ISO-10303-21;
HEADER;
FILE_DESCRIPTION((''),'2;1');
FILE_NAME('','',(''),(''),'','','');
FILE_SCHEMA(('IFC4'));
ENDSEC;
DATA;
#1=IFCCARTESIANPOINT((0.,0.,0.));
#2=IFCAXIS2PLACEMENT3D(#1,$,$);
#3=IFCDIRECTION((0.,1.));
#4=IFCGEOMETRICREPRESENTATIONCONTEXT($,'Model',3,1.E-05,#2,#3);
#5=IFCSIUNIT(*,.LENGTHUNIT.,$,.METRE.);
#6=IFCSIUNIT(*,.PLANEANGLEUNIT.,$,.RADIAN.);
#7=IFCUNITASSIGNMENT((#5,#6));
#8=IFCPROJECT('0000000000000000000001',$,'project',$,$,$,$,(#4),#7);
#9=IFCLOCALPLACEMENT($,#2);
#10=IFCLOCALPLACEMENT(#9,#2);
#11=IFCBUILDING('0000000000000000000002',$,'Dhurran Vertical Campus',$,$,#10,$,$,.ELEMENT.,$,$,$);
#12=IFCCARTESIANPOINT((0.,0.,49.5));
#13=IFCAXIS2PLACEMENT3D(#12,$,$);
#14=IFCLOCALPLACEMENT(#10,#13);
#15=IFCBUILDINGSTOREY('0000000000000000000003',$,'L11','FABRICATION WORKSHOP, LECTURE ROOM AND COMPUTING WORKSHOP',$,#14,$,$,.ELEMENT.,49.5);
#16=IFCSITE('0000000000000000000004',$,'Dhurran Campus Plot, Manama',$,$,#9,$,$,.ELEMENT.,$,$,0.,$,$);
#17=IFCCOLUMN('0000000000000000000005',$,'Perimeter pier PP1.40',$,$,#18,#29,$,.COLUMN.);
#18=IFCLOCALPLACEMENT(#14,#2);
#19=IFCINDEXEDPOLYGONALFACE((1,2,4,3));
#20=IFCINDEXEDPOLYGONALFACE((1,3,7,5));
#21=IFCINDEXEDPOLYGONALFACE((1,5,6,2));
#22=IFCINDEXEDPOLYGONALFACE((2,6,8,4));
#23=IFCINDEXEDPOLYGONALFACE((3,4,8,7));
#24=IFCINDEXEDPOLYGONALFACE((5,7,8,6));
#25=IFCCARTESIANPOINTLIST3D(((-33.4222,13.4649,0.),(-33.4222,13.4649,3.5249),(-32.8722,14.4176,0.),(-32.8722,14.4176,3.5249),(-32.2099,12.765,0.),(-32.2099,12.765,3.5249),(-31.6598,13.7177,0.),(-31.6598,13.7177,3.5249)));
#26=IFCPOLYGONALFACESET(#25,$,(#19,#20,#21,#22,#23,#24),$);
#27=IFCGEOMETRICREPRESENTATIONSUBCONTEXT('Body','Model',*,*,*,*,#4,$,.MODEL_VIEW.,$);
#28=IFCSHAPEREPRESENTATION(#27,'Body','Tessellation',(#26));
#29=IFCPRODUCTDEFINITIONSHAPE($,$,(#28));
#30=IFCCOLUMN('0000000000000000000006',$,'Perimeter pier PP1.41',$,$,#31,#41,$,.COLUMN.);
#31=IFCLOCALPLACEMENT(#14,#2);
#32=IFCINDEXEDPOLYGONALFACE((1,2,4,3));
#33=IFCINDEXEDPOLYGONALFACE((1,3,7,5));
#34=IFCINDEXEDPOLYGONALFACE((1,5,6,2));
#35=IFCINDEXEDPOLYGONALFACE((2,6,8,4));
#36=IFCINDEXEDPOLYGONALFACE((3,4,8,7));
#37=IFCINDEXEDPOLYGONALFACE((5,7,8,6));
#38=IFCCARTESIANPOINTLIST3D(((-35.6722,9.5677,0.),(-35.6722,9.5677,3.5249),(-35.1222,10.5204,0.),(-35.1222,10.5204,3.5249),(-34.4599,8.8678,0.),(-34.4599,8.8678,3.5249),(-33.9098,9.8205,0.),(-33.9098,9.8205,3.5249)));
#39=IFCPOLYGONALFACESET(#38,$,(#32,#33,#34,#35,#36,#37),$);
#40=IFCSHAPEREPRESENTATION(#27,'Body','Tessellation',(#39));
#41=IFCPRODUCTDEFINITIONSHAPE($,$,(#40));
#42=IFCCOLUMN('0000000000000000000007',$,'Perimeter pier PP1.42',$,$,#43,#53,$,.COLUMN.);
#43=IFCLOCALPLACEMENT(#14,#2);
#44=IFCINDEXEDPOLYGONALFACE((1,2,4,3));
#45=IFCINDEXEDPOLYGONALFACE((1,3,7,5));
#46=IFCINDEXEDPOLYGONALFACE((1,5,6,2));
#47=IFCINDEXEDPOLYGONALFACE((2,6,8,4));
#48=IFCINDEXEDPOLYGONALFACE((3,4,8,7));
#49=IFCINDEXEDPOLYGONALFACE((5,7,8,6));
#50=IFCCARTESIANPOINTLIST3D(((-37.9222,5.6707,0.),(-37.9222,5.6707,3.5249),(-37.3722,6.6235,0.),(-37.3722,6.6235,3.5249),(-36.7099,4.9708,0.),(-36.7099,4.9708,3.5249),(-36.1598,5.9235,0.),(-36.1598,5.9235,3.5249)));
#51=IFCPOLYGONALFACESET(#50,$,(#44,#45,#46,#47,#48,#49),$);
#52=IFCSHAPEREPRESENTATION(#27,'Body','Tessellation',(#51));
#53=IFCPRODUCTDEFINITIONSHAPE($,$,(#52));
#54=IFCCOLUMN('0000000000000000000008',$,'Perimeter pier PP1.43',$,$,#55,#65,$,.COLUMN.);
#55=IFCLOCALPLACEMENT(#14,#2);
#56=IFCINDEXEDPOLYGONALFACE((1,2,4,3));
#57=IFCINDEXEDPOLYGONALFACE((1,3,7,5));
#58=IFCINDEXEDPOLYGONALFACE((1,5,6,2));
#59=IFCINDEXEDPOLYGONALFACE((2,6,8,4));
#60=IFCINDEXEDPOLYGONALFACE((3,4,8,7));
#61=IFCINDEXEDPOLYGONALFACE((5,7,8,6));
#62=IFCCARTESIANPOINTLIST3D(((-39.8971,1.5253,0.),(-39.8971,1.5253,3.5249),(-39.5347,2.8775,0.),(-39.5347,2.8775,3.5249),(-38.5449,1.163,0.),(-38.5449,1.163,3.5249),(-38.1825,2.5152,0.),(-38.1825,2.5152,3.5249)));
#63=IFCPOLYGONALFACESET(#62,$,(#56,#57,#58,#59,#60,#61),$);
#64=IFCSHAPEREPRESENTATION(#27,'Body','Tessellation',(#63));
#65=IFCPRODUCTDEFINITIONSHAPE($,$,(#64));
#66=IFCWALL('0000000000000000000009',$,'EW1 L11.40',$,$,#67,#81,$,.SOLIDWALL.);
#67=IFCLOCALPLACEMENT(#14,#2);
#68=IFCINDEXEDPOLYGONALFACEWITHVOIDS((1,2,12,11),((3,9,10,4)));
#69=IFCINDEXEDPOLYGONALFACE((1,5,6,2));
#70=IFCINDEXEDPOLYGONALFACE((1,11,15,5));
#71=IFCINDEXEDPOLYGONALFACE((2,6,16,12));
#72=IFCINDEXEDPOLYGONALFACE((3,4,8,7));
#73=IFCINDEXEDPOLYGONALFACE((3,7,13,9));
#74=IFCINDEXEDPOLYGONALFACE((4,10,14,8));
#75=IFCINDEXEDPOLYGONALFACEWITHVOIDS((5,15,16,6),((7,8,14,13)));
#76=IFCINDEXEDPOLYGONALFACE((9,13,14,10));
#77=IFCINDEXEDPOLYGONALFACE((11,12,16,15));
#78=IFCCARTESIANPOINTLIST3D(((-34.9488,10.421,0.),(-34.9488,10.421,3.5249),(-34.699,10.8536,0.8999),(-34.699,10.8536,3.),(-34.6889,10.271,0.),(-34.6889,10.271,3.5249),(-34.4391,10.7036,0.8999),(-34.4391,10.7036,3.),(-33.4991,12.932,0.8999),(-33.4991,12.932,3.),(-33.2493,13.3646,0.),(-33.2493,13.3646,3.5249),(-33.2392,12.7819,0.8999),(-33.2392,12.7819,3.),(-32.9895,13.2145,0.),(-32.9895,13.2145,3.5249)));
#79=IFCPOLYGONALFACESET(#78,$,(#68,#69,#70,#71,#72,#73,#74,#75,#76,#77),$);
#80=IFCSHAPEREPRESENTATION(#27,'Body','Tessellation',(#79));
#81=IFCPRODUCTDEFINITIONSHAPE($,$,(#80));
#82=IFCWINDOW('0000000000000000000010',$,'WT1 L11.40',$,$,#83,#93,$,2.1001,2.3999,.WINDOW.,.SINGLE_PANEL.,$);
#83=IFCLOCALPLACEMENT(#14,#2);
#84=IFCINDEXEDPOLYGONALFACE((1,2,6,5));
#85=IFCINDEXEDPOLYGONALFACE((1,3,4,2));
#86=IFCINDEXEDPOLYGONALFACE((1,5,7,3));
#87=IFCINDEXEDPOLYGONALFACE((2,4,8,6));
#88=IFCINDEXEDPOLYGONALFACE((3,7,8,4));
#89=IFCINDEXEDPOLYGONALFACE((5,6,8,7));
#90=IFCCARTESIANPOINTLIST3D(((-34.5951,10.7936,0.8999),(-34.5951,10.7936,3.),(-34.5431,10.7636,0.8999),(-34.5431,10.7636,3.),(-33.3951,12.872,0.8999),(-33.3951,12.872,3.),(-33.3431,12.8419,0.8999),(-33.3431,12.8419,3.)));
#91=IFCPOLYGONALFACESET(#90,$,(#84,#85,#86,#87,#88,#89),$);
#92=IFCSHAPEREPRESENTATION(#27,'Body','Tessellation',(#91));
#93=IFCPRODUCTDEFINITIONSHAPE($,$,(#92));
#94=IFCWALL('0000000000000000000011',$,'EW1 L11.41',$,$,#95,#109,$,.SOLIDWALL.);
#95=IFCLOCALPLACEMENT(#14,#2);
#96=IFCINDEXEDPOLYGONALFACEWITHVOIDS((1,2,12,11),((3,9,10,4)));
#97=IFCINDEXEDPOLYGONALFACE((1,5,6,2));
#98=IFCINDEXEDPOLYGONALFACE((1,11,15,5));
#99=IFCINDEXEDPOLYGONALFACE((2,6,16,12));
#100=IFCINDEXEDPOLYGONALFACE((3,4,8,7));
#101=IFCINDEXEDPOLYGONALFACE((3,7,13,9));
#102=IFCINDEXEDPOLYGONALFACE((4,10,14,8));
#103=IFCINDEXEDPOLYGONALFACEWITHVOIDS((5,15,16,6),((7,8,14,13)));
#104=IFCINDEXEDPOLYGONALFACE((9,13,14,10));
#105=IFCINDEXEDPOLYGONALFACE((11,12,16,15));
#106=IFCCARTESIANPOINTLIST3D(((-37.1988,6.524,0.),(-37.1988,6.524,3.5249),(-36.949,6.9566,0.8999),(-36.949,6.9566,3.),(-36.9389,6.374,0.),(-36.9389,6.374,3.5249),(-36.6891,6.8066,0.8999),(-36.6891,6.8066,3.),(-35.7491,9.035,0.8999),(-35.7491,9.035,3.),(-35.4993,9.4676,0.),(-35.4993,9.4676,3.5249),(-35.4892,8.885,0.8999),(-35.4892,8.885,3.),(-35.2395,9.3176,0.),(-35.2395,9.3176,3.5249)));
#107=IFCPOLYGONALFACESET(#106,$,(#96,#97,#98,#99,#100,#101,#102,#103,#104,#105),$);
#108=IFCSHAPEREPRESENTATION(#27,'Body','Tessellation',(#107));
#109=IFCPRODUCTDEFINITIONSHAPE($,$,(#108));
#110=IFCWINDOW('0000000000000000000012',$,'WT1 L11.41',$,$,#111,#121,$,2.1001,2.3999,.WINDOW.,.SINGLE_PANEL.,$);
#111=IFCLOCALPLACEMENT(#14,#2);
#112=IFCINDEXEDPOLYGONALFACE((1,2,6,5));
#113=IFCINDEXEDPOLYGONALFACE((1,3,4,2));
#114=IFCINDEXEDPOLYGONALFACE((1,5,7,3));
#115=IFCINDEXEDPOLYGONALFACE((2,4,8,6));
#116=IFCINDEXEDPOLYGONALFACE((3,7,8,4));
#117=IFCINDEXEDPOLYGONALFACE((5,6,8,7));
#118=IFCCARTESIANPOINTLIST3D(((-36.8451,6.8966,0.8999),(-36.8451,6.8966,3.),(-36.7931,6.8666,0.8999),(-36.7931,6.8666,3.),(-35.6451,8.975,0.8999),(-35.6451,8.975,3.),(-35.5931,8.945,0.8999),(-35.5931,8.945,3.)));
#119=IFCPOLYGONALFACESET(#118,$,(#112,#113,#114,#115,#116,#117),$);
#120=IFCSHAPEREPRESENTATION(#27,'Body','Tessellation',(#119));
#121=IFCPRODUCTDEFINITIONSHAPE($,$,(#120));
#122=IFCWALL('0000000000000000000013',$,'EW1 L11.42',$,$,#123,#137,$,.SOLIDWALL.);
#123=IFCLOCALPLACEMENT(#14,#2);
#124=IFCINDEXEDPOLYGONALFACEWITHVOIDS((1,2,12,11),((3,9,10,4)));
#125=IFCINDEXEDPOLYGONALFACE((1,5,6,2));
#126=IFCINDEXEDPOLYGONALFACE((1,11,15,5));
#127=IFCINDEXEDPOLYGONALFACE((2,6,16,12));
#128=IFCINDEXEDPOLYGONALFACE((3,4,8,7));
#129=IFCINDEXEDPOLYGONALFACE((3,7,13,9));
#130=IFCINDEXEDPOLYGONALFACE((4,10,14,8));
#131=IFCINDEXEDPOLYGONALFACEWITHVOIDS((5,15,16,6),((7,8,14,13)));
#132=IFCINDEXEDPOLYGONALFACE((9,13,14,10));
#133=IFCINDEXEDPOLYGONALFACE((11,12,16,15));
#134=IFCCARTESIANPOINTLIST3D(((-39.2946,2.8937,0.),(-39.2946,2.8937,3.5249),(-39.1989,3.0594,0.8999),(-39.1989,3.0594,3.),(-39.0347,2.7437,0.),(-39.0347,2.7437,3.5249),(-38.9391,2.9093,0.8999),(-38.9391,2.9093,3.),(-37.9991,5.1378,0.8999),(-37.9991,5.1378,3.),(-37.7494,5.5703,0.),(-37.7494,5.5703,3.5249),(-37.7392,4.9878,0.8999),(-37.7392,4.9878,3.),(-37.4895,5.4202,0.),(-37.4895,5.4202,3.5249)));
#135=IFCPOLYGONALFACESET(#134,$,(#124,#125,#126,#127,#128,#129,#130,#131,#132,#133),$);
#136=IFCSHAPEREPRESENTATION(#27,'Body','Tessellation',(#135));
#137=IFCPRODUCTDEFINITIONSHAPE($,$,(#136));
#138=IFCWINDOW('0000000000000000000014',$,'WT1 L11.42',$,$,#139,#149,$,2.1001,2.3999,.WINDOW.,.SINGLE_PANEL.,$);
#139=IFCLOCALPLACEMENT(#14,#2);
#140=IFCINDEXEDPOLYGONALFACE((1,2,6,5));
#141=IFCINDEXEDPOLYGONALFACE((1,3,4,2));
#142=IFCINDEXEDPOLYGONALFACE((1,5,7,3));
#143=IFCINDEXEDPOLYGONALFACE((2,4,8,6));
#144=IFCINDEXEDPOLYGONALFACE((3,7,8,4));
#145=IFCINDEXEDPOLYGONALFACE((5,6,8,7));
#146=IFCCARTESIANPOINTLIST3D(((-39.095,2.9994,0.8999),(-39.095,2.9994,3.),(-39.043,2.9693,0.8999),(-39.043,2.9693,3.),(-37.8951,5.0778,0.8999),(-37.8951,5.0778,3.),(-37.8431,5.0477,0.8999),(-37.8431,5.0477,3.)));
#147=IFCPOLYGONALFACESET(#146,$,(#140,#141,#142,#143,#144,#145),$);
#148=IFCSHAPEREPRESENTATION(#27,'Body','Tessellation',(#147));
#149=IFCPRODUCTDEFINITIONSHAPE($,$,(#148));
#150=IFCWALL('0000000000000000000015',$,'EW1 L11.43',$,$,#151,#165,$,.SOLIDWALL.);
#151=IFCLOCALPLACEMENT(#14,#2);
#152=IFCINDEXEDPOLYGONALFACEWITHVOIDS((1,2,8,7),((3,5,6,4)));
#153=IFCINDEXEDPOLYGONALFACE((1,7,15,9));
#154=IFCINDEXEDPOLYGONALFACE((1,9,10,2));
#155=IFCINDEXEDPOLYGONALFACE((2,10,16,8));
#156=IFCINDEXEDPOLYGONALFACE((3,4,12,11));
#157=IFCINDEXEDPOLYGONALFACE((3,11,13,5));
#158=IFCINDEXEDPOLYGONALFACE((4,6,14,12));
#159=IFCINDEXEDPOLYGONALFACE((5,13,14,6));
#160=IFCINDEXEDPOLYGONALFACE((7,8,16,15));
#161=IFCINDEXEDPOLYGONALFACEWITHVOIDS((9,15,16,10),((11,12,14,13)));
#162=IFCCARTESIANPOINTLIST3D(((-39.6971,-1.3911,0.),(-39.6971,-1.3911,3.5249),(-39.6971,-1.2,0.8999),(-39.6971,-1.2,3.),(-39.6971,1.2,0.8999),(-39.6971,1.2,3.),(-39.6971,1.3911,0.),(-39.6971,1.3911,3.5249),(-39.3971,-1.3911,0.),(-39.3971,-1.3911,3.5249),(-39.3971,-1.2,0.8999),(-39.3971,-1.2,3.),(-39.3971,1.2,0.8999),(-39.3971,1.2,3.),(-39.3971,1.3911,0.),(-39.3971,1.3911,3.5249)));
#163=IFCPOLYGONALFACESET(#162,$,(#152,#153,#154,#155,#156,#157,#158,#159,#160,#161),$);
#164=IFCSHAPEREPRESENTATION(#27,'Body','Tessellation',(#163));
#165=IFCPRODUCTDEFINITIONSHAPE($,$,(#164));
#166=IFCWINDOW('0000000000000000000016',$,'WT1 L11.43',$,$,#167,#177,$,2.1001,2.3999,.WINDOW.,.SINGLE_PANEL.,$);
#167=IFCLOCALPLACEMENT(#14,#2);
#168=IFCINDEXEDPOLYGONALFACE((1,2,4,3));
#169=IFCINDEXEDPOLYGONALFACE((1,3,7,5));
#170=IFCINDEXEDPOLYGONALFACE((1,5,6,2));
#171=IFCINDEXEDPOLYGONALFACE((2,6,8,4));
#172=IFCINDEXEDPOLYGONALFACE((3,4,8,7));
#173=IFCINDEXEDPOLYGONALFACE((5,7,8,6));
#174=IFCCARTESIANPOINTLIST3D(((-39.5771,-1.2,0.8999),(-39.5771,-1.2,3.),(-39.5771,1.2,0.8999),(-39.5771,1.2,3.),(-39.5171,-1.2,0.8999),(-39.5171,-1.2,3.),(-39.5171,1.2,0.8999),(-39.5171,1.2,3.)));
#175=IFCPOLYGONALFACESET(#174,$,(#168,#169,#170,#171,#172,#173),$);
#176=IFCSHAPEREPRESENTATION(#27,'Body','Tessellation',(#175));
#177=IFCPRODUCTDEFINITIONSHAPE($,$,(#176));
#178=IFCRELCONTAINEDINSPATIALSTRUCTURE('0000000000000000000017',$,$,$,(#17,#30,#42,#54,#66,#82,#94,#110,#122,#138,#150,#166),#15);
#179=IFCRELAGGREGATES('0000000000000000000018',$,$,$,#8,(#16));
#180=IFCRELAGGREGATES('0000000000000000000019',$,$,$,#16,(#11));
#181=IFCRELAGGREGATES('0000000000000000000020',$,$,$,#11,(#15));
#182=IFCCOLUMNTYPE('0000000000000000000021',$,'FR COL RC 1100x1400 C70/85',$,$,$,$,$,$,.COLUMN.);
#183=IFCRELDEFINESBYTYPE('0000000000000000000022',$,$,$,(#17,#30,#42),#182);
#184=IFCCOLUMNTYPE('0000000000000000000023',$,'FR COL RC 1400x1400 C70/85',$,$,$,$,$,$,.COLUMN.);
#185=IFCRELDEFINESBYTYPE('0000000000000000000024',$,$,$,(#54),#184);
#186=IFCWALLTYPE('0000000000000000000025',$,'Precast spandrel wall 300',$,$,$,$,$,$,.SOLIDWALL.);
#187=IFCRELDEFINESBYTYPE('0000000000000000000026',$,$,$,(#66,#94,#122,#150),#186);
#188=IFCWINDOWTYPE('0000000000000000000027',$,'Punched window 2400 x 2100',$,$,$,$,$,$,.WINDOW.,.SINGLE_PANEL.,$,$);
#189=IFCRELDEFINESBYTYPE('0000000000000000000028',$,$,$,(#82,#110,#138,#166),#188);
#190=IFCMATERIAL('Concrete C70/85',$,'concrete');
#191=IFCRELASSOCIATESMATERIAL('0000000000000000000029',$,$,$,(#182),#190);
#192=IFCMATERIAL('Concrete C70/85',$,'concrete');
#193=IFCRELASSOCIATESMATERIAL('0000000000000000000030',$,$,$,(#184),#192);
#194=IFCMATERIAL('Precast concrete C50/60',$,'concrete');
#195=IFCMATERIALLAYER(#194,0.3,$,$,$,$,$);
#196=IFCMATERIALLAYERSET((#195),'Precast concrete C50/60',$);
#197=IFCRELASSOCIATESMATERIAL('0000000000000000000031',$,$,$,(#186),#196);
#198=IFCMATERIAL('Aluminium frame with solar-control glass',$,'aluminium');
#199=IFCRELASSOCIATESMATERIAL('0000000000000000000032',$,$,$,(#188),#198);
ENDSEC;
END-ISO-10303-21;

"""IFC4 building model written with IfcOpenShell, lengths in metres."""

from ifc_helpers import new_model, si_unit, direction, frame, frame_2d, origin, origin_2d, place, context, subcontext, project, spatial, rectangle, extrude, material, layer, layer_set, material_profile, profile_set, type_object, element, fill, save


model = new_model("IFC4")

# Units and contexts
model_context = context("Model", 3, precision=1e-05, world=origin(), true_north=direction((0.0, 1.0)))
body_context = subcontext(model_context, "Body", "Model", "MODEL_VIEW")
ifc_project = project(units=[si_unit("LENGTHUNIT", "METRE"), si_unit("PLANEANGLEUNIT", "RADIAN")], contexts=[model_context])

# Site, building, storey
site_placement = place(None, origin())
site = spatial("IfcSite", under=ifc_project, at=site_placement, Name="Dhurran Campus Plot, Manama", CompositionType="ELEMENT", RefElevation=0.0)
building_placement = place(site_placement, origin())
building = spatial("IfcBuilding", under=site, at=building_placement, Name="Dhurran Vertical Campus", CompositionType="ELEMENT")
storey_placement = place(building_placement, frame((0.0, 0.0, 49.5)))
storey = spatial("IfcBuildingStorey", under=building, at=storey_placement, Name="L11", Description="FABRICATION WORKSHOP, LECTURE ROOM AND COMPUTING WORKSHOP", CompositionType="ELEMENT", Elevation=49.5)

# Columns
ifc_material_1 = material(Name="Concrete C70/85", Category="concrete")
ifc_material_profile_1 = material_profile(ifc_material_1, rectangle(XDim=1.1001, YDim=1.3999, at=origin_2d()), Name="RC 1100x1400")
ifc_profile_set_1 = profile_set([ifc_material_profile_1], Name="Concrete C70/85")
column_type_1 = type_object("IfcColumnType", Name="FR COL RC 1100x1400 C70/85", PredefinedType="COLUMN", material=ifc_profile_set_1)
for number, where, z_axis, x_axis, name in (
    (1, (-32.541, 13.5913, 0.0), (0.0, 0.0, 1.0), (-0.5, -0.866025, 0.0), "Perimeter pier PP1.40"),
    (2, (-34.791, 9.6941, 0.0), (0.0, 0.0, 1.0), (-0.5, -0.866025, 0.0), "Perimeter pier PP1.41"),
    (3, (-37.041, 5.7971, 0.0), (0.0, 0.0, 1.0), (-0.5, -0.866025, 0.0), "Perimeter pier PP1.42"),
):
    element("IfcColumn", number, at=place(storey_placement, frame(where, z_axis=z_axis, x_axis=x_axis)), inside=storey, type_object=column_type_1, Name=name, PredefinedType="COLUMN", context=body_context, shape_type="SweptSolid", body=[
        extrude(rectangle(XDim=1.1001, YDim=1.3999, at=origin_2d()), origin(), (0.0, 0.0, 1.0), 3.5249),
    ])
ifc_material_2 = material(Name="Concrete C70/85", Category="concrete")
ifc_material_profile_2 = material_profile(ifc_material_2, rectangle(XDim=1.3999, YDim=1.3999, at=origin_2d()), Name="RC 1400x1400")
ifc_profile_set_2 = profile_set([ifc_material_profile_2], Name="Concrete C70/85")
column_type_2 = type_object("IfcColumnType", Name="FR COL RC 1400x1400 C70/85", PredefinedType="COLUMN", material=ifc_profile_set_2)
column_placement = place(storey_placement, frame((-39.0398, 2.0203, 0.0), z_axis=(0.0, 0.0, 1.0), x_axis=(-0.258819, -0.965926, 0.0)))
element("IfcColumn", 4, at=column_placement, inside=storey, type_object=column_type_2, Name="Perimeter pier PP1.43", PredefinedType="COLUMN", context=body_context, shape_type="SweptSolid", body=[
    extrude(rectangle(XDim=1.3999, YDim=1.3999, at=origin_2d()), origin(), (0.0, 0.0, 1.0), 3.5249),
])

# Walls, openings, windows
ifc_material_3 = material(Name="Precast concrete C50/60", Category="concrete")
ifc_layer_1 = layer(ifc_material_3, 0.3)
ifc_layer_set_1 = layer_set([ifc_layer_1], Name="Precast concrete C50/60")
wall_type_1 = type_object("IfcWallType", Name="Precast spandrel wall 300", PredefinedType="SOLIDWALL", material=ifc_layer_set_1)
wall_1_placement = place(storey_placement, frame((-33.1194, 13.2896, 0.0), z_axis=(0.0, 0.0, 1.0), x_axis=(-0.499994, -0.866029, 0.0)))
wall_1 = element("IfcWall", 5, at=wall_1_placement, inside=storey, type_object=wall_type_1, Name="EW1 L11.40", PredefinedType="SOLIDWALL", context=body_context, shape_type="SweptSolid", body=[
    extrude(rectangle(XDim=3.3989, YDim=0.3, at=frame_2d((1.6995, 0.0))), origin(), (0.0, 0.0, 1.0), 3.5249),
])
opening_1_placement = place(wall_1_placement, frame((0.4995, 0.0, 0.8999)))
opening_1 = element("IfcOpeningElement", 6, at=opening_1_placement, cuts=wall_1, PredefinedType="OPENING", context=body_context, shape_type="SweptSolid", body=[
    extrude(rectangle(XDim=2.3999, YDim=2.1001, at=frame_2d((1.2, 1.05))), frame((0.0, 0.1599, 0.0), z_axis=(0.0, -1.0, 0.0), x_axis=(1.0, 0.0, 0.0)), (0.0, 0.0, 1.0), 0.3201),
])
ifc_material_4 = material(Name="Aluminium frame with solar-control glass", Category="aluminium")
window_type = type_object("IfcWindowType", Name="Punched window 2400 x 2100", PartitioningType="SINGLE_PANEL", PredefinedType="WINDOW", material=ifc_material_4)
window_1_placement = place(opening_1_placement, origin())
window_1 = element("IfcWindow", 7, at=window_1_placement, inside=storey, type_object=window_type, Name="WT1 L11.40", OverallHeight=2.1001, OverallWidth=2.3999, PartitioningType="SINGLE_PANEL", PredefinedType="WINDOW", context=body_context, shape_type="SweptSolid", body=[
    extrude(rectangle(XDim=2.3999, YDim=2.1001, at=frame_2d((1.2, 1.05))), frame((0.0, 0.03, 0.0), z_axis=(0.0, -1.0, 0.0), x_axis=(1.0, 0.0, 0.0)), (0.0, 0.0, 1.0), 0.0601),
])
fill(opening_1, window_1)
wall_2_placement = place(storey_placement, frame((-35.3694, 9.3926, 0.0), z_axis=(0.0, 0.0, 1.0), x_axis=(-0.499994, -0.866029, 0.0)))
wall_2 = element("IfcWall", 8, at=wall_2_placement, inside=storey, type_object=wall_type_1, Name="EW1 L11.41", PredefinedType="SOLIDWALL", context=body_context, shape_type="SweptSolid", body=[
    extrude(rectangle(XDim=3.3989, YDim=0.3, at=frame_2d((1.6995, 0.0))), origin(), (0.0, 0.0, 1.0), 3.5249),
])
opening_2_placement = place(wall_2_placement, frame((0.4995, 0.0, 0.8999)))
opening_2 = element("IfcOpeningElement", 9, at=opening_2_placement, cuts=wall_2, PredefinedType="OPENING", context=body_context, shape_type="SweptSolid", body=[
    extrude(rectangle(XDim=2.3999, YDim=2.1001, at=frame_2d((1.2, 1.05))), frame((0.0, 0.1599, 0.0), z_axis=(0.0, -1.0, 0.0), x_axis=(1.0, 0.0, 0.0)), (0.0, 0.0, 1.0), 0.3201),
])
window_2_placement = place(opening_2_placement, origin())
window_2 = element("IfcWindow", 10, at=window_2_placement, inside=storey, type_object=window_type, Name="WT1 L11.41", OverallHeight=2.1001, OverallWidth=2.3999, PartitioningType="SINGLE_PANEL", PredefinedType="WINDOW", context=body_context, shape_type="SweptSolid", body=[
    extrude(rectangle(XDim=2.3999, YDim=2.1001, at=frame_2d((1.2, 1.05))), frame((0.0, 0.03, 0.0), z_axis=(0.0, -1.0, 0.0), x_axis=(1.0, 0.0, 0.0)), (0.0, 0.0, 1.0), 0.0601),
])
fill(opening_2, window_2)
wall_3_placement = place(storey_placement, frame((-37.6194, 5.4954, 0.0), z_axis=(0.0, 0.0, 1.0), x_axis=(-0.499971, -0.866042, 0.0)))
wall_3 = element("IfcWall", 11, at=wall_3_placement, inside=storey, type_object=wall_type_1, Name="EW1 L11.42", PredefinedType="SOLIDWALL", context=body_context, shape_type="SweptSolid", body=[
    extrude(rectangle(XDim=3.0906, YDim=0.3, at=frame_2d((1.5454, 0.0))), origin(), (0.0, 0.0, 1.0), 3.5249),
])
opening_3_placement = place(wall_3_placement, frame((0.4995, 0.0, 0.8999)))
opening_3 = element("IfcOpeningElement", 12, at=opening_3_placement, cuts=wall_3, PredefinedType="OPENING", context=body_context, shape_type="SweptSolid", body=[
    extrude(rectangle(XDim=2.3999, YDim=2.1001, at=frame_2d((1.2, 1.05))), frame((0.0, 0.1599, 0.0), z_axis=(0.0, -1.0, 0.0), x_axis=(1.0, 0.0, 0.0)), (0.0, 0.0, 1.0), 0.3201),
])
window_3_placement = place(opening_3_placement, origin())
window_3 = element("IfcWindow", 13, at=window_3_placement, inside=storey, type_object=window_type, Name="WT1 L11.42", OverallHeight=2.1001, OverallWidth=2.3999, PartitioningType="SINGLE_PANEL", PredefinedType="WINDOW", context=body_context, shape_type="SweptSolid", body=[
    extrude(rectangle(XDim=2.3999, YDim=2.1001, at=frame_2d((1.2, 1.05))), frame((0.0, 0.03, 0.0), z_axis=(0.0, -1.0, 0.0), x_axis=(1.0, 0.0, 0.0)), (0.0, 0.0, 1.0), 0.0601),
])
fill(opening_3, window_3)
wall_4_placement = place(storey_placement, frame((-39.5471, 1.3911, 0.0), z_axis=(0.0, 0.0, 1.0), x_axis=(0.0, -1.0, 0.0)))
wall_4 = element("IfcWall", 14, at=wall_4_placement, inside=storey, type_object=wall_type_1, Name="EW1 L11.43", PredefinedType="SOLIDWALL", context=body_context, shape_type="SweptSolid", body=[
    extrude(rectangle(XDim=2.7822, YDim=0.3, at=frame_2d((1.3911, 0.0))), origin(), (0.0, 0.0, 1.0), 3.5249),
])
opening_4_placement = place(wall_4_placement, frame((0.1912, 0.0, 0.8999)))
opening_4 = element("IfcOpeningElement", 15, at=opening_4_placement, cuts=wall_4, PredefinedType="OPENING", context=body_context, shape_type="SweptSolid", body=[
    extrude(rectangle(XDim=2.3999, YDim=2.1001, at=frame_2d((1.2, 1.05))), frame((0.0, 0.1599, 0.0), z_axis=(0.0, -1.0, 0.0), x_axis=(1.0, 0.0, 0.0)), (0.0, 0.0, 1.0), 0.3201),
])
window_4_placement = place(opening_4_placement, origin())
window_4 = element("IfcWindow", 16, at=window_4_placement, inside=storey, type_object=window_type, Name="WT1 L11.43", OverallHeight=2.1001, OverallWidth=2.3999, PartitioningType="SINGLE_PANEL", PredefinedType="WINDOW", context=body_context, shape_type="SweptSolid", body=[
    extrude(rectangle(XDim=2.3999, YDim=2.1001, at=frame_2d((1.2, 1.05))), frame((0.0, 0.03, 0.0), z_axis=(0.0, -1.0, 0.0), x_axis=(1.0, 0.0, 0.0)), (0.0, 0.0, 1.0), 0.0601),
])
fill(opening_4, window_4)

save(model, "model.ifc")
